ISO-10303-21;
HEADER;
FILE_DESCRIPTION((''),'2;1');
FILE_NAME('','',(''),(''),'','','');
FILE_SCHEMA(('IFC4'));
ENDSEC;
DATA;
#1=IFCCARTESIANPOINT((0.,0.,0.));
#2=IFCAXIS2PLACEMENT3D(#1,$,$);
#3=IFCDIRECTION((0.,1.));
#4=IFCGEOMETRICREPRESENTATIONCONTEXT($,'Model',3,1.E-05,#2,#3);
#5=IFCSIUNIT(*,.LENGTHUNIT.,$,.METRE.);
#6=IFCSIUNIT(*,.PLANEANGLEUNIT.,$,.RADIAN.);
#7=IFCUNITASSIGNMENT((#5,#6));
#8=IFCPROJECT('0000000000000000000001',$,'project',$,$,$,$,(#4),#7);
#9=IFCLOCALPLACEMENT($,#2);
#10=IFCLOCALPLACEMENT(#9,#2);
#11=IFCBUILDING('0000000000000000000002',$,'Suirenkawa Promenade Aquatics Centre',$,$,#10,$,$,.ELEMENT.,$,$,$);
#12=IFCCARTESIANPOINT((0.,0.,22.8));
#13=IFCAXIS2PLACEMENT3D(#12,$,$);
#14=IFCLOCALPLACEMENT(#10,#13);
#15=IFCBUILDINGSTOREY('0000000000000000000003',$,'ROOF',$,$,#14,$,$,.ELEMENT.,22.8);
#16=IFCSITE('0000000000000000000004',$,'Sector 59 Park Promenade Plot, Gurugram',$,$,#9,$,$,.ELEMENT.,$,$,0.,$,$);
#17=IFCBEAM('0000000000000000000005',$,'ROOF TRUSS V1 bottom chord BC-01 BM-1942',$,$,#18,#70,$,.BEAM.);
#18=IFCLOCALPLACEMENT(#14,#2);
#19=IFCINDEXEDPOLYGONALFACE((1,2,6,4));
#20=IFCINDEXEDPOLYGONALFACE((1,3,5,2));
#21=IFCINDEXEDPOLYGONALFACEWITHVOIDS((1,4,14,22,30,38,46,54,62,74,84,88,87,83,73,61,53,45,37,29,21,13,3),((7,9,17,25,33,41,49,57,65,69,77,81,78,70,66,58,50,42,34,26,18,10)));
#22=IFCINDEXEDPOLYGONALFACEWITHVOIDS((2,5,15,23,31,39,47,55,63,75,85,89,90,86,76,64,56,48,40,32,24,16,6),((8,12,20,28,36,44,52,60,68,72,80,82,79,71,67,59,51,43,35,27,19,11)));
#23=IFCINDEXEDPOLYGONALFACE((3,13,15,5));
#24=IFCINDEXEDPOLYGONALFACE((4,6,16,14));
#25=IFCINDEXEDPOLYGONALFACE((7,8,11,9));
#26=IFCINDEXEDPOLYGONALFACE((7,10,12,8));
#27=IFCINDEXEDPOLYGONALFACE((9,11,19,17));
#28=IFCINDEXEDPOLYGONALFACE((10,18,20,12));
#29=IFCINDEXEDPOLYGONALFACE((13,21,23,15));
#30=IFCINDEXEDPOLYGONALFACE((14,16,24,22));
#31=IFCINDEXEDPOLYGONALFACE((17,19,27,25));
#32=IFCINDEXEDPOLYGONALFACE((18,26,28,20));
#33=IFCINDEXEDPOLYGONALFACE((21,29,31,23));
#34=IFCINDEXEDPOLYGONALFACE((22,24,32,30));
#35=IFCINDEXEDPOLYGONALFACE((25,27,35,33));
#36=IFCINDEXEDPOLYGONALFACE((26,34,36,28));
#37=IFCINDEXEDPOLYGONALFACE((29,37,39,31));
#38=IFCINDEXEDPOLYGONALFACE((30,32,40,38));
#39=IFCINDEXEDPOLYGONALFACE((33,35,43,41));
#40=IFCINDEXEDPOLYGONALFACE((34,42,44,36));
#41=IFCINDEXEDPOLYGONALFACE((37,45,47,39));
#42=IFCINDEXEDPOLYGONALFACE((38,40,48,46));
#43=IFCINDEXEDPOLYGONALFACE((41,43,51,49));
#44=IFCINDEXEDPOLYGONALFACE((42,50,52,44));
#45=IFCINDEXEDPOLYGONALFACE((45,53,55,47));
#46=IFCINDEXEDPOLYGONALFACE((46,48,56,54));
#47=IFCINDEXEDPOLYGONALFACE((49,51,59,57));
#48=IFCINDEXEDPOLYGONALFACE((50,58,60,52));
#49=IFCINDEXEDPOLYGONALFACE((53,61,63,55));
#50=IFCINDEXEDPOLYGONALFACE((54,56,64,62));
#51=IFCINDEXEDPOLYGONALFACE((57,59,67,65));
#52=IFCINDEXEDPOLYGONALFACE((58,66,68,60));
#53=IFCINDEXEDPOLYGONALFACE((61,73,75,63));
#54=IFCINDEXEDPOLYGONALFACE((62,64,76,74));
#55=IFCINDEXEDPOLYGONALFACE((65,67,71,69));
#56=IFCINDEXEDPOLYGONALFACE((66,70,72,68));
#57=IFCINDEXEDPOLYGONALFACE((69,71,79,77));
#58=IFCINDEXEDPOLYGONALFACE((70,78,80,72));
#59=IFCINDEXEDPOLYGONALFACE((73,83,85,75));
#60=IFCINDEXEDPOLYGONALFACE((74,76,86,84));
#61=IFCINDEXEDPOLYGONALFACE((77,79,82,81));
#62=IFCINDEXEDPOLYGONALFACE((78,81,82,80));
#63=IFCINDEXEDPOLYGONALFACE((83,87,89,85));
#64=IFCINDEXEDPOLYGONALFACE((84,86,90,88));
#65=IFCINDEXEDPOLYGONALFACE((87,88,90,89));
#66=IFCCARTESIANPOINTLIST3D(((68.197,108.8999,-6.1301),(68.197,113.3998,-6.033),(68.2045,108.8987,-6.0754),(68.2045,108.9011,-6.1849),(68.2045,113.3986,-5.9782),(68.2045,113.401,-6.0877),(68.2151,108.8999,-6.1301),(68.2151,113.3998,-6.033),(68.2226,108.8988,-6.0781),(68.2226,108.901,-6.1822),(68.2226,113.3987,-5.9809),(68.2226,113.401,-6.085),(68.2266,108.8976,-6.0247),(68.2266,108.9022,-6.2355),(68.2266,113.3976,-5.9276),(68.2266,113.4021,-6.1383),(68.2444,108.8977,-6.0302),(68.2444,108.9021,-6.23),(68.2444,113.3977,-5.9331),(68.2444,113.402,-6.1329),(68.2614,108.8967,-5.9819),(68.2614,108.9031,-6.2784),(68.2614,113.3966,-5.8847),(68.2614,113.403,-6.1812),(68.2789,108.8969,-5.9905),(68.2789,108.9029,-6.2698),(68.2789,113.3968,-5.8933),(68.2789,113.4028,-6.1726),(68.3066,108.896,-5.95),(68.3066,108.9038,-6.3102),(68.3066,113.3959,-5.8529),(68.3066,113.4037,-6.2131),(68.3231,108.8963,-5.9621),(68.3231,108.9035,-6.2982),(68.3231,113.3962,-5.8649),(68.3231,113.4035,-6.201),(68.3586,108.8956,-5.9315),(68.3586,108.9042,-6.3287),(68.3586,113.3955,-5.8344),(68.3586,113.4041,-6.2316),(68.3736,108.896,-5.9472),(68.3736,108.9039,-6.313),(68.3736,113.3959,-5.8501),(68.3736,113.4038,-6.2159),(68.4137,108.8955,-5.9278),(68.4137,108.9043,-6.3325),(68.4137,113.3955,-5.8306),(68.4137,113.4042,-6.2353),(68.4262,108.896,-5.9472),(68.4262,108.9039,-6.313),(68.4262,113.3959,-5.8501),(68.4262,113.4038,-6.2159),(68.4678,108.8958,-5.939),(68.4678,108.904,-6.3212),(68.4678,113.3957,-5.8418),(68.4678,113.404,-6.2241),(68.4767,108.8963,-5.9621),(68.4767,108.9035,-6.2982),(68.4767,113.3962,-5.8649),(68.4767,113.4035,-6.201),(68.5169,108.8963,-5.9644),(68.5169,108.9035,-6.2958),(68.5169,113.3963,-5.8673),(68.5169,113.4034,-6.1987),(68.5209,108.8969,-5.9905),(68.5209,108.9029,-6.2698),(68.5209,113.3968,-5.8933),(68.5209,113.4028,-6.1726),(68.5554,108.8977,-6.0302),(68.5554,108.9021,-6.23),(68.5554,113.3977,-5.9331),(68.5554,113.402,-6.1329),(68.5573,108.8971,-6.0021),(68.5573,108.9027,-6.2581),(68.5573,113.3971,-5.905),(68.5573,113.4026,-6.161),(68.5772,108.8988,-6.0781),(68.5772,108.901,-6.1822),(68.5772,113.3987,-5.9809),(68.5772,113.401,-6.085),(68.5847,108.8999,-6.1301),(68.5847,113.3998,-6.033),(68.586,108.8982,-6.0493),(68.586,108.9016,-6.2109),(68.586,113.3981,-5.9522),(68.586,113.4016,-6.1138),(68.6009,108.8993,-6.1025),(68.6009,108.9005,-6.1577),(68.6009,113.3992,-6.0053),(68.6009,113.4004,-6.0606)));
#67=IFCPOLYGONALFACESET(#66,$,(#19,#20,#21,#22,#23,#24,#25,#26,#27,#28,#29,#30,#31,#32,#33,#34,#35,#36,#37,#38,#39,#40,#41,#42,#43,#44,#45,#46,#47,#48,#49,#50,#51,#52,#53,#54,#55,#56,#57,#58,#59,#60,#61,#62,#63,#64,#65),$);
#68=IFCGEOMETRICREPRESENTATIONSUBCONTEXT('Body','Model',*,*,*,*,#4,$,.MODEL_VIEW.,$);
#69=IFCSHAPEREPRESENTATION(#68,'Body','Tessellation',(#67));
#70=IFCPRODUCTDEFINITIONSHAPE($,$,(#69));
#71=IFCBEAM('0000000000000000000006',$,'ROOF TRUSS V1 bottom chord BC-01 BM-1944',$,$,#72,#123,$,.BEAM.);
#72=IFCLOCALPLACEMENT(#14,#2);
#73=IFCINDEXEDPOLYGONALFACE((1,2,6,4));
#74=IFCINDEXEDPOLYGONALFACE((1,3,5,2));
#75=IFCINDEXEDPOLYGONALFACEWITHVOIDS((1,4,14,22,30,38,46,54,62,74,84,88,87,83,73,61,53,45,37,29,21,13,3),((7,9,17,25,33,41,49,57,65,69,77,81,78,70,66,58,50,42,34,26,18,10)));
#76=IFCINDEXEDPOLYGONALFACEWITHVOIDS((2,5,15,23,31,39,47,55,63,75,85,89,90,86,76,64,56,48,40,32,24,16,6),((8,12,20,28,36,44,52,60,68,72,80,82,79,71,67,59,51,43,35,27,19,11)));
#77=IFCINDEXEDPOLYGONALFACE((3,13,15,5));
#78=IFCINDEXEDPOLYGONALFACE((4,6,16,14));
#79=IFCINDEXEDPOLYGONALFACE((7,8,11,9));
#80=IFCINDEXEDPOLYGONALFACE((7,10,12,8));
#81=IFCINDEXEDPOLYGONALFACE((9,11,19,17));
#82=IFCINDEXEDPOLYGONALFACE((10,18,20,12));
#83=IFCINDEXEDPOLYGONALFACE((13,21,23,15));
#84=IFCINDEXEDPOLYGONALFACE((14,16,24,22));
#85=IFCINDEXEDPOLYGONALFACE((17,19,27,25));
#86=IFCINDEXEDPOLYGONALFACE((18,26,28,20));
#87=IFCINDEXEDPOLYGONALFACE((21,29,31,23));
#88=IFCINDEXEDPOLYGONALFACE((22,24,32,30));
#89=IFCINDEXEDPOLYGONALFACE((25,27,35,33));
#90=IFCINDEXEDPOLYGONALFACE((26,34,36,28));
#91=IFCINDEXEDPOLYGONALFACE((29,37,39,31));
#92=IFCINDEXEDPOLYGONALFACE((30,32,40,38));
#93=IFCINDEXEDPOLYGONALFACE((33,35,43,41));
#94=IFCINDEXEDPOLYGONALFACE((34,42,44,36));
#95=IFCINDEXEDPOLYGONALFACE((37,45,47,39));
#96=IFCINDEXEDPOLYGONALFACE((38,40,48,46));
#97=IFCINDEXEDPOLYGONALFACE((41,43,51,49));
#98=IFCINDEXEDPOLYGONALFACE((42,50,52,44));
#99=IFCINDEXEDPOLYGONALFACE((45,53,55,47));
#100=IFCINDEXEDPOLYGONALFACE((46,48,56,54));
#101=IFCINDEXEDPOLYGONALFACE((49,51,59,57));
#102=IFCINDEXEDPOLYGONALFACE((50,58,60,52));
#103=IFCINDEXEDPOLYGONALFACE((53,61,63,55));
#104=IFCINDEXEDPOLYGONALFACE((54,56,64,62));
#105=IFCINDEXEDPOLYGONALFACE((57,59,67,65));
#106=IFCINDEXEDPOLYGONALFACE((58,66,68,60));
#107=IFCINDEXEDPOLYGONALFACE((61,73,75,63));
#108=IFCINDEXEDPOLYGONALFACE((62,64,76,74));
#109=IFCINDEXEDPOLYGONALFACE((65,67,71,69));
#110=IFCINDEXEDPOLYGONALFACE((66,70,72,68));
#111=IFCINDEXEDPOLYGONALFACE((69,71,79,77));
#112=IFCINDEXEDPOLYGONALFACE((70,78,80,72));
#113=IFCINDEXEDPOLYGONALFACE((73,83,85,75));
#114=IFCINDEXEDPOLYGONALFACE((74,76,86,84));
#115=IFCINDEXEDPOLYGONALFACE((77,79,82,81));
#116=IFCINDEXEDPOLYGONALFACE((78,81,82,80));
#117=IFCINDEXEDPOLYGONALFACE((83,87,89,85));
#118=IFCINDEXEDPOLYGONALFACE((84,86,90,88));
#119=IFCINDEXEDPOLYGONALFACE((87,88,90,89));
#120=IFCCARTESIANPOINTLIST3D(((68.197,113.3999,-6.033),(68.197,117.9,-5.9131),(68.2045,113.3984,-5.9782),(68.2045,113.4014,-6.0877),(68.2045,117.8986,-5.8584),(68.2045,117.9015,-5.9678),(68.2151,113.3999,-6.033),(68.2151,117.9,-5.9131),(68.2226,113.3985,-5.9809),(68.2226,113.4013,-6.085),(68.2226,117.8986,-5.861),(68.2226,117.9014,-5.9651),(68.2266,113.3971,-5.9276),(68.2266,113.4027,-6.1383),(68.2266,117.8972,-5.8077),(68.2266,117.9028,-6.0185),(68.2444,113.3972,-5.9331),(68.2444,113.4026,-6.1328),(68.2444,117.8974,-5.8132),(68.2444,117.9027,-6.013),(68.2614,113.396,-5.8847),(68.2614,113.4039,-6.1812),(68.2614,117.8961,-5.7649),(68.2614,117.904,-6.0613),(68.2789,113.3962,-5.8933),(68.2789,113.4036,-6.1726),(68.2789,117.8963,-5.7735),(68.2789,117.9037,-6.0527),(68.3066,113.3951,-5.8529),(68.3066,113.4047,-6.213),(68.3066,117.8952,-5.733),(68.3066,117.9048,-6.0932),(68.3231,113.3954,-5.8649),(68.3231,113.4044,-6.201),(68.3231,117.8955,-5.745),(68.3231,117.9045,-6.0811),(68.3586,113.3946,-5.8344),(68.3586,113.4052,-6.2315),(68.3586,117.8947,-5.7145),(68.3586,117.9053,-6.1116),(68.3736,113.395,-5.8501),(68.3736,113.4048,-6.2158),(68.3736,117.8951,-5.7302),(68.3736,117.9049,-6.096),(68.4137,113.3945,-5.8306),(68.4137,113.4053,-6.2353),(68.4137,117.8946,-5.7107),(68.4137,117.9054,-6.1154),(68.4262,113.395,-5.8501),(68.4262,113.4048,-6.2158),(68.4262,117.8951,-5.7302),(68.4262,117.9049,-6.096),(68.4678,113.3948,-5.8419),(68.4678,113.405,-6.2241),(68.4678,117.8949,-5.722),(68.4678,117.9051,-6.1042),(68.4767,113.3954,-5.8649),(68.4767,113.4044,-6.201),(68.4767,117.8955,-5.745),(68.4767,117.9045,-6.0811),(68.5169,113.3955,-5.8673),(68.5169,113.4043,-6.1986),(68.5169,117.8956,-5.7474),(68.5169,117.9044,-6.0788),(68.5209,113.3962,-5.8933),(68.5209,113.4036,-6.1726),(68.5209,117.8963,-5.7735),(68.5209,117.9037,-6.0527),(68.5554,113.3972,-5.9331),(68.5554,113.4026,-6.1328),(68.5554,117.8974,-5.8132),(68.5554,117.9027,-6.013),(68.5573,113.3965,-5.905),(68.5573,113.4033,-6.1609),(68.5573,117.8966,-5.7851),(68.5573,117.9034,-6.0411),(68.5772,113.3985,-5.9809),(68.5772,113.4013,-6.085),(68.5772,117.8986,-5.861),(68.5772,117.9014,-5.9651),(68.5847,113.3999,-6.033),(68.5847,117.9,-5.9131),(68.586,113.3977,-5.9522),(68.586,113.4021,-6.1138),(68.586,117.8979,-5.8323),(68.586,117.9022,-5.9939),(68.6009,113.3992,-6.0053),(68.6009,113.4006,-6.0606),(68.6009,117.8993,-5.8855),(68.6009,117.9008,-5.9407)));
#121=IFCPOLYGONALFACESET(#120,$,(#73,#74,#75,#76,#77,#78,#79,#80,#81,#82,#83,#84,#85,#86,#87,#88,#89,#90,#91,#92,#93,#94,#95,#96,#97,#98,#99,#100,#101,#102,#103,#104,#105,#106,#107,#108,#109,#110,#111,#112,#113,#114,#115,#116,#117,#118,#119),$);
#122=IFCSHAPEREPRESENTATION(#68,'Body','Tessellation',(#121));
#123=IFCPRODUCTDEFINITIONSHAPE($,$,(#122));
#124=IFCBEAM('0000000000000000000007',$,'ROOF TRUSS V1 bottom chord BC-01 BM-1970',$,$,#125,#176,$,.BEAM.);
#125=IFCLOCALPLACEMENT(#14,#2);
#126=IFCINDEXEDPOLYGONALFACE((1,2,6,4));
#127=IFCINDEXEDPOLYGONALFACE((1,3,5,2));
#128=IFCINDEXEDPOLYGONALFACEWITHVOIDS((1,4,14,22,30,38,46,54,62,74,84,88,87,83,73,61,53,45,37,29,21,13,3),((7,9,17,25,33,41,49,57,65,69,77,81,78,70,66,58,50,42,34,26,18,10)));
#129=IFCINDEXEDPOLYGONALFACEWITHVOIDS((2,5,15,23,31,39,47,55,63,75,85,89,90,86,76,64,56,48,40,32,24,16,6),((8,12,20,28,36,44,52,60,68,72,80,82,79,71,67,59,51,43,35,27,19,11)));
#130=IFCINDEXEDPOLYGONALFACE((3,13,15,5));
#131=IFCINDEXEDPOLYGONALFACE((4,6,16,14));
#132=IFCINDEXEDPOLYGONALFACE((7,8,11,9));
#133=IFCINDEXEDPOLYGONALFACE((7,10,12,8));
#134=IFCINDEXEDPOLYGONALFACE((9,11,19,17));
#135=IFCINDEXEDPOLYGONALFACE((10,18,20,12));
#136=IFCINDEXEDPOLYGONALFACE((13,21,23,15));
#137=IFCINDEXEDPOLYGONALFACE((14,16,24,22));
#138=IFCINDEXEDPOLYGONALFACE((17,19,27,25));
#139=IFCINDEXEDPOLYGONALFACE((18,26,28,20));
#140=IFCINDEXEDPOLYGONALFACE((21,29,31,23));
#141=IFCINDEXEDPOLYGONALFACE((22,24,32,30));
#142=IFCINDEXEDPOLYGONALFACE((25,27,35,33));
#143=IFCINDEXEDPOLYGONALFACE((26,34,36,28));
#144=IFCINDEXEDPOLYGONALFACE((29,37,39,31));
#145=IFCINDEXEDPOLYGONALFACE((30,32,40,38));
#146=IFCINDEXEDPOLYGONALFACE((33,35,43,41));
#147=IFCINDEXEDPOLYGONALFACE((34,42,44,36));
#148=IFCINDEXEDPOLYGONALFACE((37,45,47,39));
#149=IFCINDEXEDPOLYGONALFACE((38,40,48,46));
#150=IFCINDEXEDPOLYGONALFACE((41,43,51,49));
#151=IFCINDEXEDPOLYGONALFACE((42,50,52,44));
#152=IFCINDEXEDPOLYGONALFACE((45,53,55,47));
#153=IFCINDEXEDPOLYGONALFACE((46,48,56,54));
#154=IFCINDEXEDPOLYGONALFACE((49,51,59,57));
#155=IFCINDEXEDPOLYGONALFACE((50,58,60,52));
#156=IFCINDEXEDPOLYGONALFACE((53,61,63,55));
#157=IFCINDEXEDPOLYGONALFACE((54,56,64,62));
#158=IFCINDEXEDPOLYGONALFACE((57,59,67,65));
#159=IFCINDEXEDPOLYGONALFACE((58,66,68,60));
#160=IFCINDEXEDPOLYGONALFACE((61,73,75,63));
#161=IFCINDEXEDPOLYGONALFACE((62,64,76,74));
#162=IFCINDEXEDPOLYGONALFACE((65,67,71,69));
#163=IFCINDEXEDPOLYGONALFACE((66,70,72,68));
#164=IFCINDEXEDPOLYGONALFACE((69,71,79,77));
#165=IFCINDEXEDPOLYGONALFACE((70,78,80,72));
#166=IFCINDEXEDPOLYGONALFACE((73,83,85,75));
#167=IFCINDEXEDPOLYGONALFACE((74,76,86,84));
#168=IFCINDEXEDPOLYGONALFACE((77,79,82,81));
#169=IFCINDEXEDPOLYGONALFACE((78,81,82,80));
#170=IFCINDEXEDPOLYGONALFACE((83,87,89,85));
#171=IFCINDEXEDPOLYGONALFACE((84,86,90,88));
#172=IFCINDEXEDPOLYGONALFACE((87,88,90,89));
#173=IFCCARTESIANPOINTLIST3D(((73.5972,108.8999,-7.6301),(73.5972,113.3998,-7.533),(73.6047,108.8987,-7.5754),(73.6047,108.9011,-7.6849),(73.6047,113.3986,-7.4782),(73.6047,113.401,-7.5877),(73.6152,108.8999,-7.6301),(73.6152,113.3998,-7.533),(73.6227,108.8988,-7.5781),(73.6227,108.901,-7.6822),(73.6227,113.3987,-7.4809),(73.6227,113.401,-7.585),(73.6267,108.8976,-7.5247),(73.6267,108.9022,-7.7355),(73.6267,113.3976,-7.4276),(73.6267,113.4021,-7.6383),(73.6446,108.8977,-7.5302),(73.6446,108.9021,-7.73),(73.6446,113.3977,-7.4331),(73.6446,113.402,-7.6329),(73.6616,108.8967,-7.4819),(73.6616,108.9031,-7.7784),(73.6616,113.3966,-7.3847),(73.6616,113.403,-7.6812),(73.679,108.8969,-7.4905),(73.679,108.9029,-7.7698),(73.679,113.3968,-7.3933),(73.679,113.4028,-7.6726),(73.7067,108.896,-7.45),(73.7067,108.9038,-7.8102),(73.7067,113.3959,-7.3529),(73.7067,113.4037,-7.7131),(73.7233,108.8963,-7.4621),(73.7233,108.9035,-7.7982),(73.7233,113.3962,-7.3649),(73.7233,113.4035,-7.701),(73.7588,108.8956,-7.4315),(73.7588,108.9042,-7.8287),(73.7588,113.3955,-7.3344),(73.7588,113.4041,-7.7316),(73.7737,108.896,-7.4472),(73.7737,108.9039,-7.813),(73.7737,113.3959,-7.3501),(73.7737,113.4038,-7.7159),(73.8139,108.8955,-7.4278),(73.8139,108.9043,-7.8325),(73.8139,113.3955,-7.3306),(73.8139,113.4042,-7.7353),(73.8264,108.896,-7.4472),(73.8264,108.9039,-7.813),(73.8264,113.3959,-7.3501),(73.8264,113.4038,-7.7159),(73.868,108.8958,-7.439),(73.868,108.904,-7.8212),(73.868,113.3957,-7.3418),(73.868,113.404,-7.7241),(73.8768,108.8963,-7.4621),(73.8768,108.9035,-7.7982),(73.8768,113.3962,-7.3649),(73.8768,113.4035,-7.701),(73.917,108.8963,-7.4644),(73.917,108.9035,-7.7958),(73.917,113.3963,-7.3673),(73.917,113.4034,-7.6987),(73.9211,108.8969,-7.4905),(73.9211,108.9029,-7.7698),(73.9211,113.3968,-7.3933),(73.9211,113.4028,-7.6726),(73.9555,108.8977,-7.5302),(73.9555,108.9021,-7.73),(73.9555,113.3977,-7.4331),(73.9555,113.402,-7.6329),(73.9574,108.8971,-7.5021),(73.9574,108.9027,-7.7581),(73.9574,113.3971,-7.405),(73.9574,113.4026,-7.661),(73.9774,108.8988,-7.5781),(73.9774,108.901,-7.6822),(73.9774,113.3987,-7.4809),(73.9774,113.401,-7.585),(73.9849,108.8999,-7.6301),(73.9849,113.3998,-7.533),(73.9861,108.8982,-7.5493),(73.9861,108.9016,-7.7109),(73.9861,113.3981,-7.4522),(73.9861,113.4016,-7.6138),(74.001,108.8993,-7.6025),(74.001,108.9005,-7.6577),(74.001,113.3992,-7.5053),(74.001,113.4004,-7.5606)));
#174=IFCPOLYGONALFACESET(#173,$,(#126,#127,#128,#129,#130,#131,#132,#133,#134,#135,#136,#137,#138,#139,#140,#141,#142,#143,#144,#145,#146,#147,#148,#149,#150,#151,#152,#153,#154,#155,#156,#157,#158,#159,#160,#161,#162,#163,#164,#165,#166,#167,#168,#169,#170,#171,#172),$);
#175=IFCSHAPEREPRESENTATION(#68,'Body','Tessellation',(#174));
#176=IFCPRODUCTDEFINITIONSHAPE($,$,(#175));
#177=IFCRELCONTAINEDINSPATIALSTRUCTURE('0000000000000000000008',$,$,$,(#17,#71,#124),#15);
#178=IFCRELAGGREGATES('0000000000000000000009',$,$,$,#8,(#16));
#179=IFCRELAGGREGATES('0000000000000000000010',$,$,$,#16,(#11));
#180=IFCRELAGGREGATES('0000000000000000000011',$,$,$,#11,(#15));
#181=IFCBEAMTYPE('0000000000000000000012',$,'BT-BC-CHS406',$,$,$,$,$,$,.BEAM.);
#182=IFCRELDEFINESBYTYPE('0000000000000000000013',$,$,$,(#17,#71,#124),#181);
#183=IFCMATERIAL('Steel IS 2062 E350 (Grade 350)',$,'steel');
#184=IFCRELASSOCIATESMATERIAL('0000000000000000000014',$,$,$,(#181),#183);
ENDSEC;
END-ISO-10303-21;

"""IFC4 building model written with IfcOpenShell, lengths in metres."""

from ifc_helpers import new_model, si_unit, direction, frame, origin, origin_2d, place, context, subcontext, project, spatial, hollow_circle, extrude, material, material_profile, profile_set, type_object, element, save


model = new_model("IFC4")

# Units and contexts
model_context = context("Model", 3, precision=1e-05, world=origin(), true_north=direction((0.0, 1.0)))
body_context = subcontext(model_context, "Body", "Model", "MODEL_VIEW")
ifc_project = project(units=[si_unit("LENGTHUNIT", "METRE"), si_unit("PLANEANGLEUNIT", "RADIAN")], contexts=[model_context])

# Site, building, storey
site_placement = place(None, origin())
site = spatial("IfcSite", under=ifc_project, at=site_placement, Name="Sector 59 Park Promenade Plot, Gurugram", CompositionType="ELEMENT", RefElevation=0.0)
building_placement = place(site_placement, origin())
building = spatial("IfcBuilding", under=site, at=building_placement, Name="Suirenkawa Promenade Aquatics Centre", CompositionType="ELEMENT")
storey_placement = place(building_placement, frame((0.0, 0.0, 22.8)))
storey = spatial("IfcBuildingStorey", under=building, at=storey_placement, Name="ROOF", CompositionType="ELEMENT", Elevation=22.8)

# Beams
ifc_material = material(Name="Steel IS 2062 E350 (Grade 350)", Category="steel")
ifc_material_profile_1 = material_profile(ifc_material, hollow_circle(Radius=0.2029, WallThickness=0.0181, at=origin_2d()), Name="CHS 406x18", Category="steel")
ifc_profile_set_1 = profile_set([ifc_material_profile_1], Name="Steel IS 2062 E350 (Grade 350)")
beam_type_1 = type_object("IfcBeamType", Name="BT-BC-CHS406", PredefinedType="BEAM", material=ifc_profile_set_1)
beam_1_placement = place(storey_placement, frame((68.3999, 108.8999, -6.1301), z_axis=(0.0, 0.999767, 0.021588), x_axis=(-1.0, 0.0, 0.0)))
element("IfcBeam", 1, at=beam_1_placement, inside=storey, type_object=beam_type_1, Name="ROOF TRUSS V1 bottom chord BC-01 BM-1942", PredefinedType="BEAM", context=body_context, shape_type="SweptSolid", body=[
    extrude(hollow_circle(Radius=0.2029, WallThickness=0.0181, at=origin_2d()), origin(), (0.0, 0.0, 1.0), 4.501),
])
beam_2_placement = place(storey_placement, frame((68.3999, 113.3999, -6.033), z_axis=(0.0, 0.999645, 0.026629), x_axis=(-1.0, 0.0, 0.0)))
element("IfcBeam", 2, at=beam_2_placement, inside=storey, type_object=beam_type_1, Name="ROOF TRUSS V1 bottom chord BC-01 BM-1944", PredefinedType="BEAM", context=body_context, shape_type="SweptSolid", body=[
    extrude(hollow_circle(Radius=0.2029, WallThickness=0.0181, at=origin_2d()), origin(), (0.0, 0.0, 1.0), 4.5017),
])
beam_3_placement = place(storey_placement, frame((73.8, 108.8999, -7.6301), z_axis=(0.0, 0.999767, 0.021588), x_axis=(-1.0, 0.0, 0.0)))
element("IfcBeam", 3, at=beam_3_placement, inside=storey, type_object=beam_type_1, Name="ROOF TRUSS V1 bottom chord BC-01 BM-1970", PredefinedType="BEAM", context=body_context, shape_type="SweptSolid", body=[
    extrude(hollow_circle(Radius=0.2029, WallThickness=0.0181, at=origin_2d()), origin(), (0.0, 0.0, 1.0), 4.501),
])

save(model, "model.ifc")
